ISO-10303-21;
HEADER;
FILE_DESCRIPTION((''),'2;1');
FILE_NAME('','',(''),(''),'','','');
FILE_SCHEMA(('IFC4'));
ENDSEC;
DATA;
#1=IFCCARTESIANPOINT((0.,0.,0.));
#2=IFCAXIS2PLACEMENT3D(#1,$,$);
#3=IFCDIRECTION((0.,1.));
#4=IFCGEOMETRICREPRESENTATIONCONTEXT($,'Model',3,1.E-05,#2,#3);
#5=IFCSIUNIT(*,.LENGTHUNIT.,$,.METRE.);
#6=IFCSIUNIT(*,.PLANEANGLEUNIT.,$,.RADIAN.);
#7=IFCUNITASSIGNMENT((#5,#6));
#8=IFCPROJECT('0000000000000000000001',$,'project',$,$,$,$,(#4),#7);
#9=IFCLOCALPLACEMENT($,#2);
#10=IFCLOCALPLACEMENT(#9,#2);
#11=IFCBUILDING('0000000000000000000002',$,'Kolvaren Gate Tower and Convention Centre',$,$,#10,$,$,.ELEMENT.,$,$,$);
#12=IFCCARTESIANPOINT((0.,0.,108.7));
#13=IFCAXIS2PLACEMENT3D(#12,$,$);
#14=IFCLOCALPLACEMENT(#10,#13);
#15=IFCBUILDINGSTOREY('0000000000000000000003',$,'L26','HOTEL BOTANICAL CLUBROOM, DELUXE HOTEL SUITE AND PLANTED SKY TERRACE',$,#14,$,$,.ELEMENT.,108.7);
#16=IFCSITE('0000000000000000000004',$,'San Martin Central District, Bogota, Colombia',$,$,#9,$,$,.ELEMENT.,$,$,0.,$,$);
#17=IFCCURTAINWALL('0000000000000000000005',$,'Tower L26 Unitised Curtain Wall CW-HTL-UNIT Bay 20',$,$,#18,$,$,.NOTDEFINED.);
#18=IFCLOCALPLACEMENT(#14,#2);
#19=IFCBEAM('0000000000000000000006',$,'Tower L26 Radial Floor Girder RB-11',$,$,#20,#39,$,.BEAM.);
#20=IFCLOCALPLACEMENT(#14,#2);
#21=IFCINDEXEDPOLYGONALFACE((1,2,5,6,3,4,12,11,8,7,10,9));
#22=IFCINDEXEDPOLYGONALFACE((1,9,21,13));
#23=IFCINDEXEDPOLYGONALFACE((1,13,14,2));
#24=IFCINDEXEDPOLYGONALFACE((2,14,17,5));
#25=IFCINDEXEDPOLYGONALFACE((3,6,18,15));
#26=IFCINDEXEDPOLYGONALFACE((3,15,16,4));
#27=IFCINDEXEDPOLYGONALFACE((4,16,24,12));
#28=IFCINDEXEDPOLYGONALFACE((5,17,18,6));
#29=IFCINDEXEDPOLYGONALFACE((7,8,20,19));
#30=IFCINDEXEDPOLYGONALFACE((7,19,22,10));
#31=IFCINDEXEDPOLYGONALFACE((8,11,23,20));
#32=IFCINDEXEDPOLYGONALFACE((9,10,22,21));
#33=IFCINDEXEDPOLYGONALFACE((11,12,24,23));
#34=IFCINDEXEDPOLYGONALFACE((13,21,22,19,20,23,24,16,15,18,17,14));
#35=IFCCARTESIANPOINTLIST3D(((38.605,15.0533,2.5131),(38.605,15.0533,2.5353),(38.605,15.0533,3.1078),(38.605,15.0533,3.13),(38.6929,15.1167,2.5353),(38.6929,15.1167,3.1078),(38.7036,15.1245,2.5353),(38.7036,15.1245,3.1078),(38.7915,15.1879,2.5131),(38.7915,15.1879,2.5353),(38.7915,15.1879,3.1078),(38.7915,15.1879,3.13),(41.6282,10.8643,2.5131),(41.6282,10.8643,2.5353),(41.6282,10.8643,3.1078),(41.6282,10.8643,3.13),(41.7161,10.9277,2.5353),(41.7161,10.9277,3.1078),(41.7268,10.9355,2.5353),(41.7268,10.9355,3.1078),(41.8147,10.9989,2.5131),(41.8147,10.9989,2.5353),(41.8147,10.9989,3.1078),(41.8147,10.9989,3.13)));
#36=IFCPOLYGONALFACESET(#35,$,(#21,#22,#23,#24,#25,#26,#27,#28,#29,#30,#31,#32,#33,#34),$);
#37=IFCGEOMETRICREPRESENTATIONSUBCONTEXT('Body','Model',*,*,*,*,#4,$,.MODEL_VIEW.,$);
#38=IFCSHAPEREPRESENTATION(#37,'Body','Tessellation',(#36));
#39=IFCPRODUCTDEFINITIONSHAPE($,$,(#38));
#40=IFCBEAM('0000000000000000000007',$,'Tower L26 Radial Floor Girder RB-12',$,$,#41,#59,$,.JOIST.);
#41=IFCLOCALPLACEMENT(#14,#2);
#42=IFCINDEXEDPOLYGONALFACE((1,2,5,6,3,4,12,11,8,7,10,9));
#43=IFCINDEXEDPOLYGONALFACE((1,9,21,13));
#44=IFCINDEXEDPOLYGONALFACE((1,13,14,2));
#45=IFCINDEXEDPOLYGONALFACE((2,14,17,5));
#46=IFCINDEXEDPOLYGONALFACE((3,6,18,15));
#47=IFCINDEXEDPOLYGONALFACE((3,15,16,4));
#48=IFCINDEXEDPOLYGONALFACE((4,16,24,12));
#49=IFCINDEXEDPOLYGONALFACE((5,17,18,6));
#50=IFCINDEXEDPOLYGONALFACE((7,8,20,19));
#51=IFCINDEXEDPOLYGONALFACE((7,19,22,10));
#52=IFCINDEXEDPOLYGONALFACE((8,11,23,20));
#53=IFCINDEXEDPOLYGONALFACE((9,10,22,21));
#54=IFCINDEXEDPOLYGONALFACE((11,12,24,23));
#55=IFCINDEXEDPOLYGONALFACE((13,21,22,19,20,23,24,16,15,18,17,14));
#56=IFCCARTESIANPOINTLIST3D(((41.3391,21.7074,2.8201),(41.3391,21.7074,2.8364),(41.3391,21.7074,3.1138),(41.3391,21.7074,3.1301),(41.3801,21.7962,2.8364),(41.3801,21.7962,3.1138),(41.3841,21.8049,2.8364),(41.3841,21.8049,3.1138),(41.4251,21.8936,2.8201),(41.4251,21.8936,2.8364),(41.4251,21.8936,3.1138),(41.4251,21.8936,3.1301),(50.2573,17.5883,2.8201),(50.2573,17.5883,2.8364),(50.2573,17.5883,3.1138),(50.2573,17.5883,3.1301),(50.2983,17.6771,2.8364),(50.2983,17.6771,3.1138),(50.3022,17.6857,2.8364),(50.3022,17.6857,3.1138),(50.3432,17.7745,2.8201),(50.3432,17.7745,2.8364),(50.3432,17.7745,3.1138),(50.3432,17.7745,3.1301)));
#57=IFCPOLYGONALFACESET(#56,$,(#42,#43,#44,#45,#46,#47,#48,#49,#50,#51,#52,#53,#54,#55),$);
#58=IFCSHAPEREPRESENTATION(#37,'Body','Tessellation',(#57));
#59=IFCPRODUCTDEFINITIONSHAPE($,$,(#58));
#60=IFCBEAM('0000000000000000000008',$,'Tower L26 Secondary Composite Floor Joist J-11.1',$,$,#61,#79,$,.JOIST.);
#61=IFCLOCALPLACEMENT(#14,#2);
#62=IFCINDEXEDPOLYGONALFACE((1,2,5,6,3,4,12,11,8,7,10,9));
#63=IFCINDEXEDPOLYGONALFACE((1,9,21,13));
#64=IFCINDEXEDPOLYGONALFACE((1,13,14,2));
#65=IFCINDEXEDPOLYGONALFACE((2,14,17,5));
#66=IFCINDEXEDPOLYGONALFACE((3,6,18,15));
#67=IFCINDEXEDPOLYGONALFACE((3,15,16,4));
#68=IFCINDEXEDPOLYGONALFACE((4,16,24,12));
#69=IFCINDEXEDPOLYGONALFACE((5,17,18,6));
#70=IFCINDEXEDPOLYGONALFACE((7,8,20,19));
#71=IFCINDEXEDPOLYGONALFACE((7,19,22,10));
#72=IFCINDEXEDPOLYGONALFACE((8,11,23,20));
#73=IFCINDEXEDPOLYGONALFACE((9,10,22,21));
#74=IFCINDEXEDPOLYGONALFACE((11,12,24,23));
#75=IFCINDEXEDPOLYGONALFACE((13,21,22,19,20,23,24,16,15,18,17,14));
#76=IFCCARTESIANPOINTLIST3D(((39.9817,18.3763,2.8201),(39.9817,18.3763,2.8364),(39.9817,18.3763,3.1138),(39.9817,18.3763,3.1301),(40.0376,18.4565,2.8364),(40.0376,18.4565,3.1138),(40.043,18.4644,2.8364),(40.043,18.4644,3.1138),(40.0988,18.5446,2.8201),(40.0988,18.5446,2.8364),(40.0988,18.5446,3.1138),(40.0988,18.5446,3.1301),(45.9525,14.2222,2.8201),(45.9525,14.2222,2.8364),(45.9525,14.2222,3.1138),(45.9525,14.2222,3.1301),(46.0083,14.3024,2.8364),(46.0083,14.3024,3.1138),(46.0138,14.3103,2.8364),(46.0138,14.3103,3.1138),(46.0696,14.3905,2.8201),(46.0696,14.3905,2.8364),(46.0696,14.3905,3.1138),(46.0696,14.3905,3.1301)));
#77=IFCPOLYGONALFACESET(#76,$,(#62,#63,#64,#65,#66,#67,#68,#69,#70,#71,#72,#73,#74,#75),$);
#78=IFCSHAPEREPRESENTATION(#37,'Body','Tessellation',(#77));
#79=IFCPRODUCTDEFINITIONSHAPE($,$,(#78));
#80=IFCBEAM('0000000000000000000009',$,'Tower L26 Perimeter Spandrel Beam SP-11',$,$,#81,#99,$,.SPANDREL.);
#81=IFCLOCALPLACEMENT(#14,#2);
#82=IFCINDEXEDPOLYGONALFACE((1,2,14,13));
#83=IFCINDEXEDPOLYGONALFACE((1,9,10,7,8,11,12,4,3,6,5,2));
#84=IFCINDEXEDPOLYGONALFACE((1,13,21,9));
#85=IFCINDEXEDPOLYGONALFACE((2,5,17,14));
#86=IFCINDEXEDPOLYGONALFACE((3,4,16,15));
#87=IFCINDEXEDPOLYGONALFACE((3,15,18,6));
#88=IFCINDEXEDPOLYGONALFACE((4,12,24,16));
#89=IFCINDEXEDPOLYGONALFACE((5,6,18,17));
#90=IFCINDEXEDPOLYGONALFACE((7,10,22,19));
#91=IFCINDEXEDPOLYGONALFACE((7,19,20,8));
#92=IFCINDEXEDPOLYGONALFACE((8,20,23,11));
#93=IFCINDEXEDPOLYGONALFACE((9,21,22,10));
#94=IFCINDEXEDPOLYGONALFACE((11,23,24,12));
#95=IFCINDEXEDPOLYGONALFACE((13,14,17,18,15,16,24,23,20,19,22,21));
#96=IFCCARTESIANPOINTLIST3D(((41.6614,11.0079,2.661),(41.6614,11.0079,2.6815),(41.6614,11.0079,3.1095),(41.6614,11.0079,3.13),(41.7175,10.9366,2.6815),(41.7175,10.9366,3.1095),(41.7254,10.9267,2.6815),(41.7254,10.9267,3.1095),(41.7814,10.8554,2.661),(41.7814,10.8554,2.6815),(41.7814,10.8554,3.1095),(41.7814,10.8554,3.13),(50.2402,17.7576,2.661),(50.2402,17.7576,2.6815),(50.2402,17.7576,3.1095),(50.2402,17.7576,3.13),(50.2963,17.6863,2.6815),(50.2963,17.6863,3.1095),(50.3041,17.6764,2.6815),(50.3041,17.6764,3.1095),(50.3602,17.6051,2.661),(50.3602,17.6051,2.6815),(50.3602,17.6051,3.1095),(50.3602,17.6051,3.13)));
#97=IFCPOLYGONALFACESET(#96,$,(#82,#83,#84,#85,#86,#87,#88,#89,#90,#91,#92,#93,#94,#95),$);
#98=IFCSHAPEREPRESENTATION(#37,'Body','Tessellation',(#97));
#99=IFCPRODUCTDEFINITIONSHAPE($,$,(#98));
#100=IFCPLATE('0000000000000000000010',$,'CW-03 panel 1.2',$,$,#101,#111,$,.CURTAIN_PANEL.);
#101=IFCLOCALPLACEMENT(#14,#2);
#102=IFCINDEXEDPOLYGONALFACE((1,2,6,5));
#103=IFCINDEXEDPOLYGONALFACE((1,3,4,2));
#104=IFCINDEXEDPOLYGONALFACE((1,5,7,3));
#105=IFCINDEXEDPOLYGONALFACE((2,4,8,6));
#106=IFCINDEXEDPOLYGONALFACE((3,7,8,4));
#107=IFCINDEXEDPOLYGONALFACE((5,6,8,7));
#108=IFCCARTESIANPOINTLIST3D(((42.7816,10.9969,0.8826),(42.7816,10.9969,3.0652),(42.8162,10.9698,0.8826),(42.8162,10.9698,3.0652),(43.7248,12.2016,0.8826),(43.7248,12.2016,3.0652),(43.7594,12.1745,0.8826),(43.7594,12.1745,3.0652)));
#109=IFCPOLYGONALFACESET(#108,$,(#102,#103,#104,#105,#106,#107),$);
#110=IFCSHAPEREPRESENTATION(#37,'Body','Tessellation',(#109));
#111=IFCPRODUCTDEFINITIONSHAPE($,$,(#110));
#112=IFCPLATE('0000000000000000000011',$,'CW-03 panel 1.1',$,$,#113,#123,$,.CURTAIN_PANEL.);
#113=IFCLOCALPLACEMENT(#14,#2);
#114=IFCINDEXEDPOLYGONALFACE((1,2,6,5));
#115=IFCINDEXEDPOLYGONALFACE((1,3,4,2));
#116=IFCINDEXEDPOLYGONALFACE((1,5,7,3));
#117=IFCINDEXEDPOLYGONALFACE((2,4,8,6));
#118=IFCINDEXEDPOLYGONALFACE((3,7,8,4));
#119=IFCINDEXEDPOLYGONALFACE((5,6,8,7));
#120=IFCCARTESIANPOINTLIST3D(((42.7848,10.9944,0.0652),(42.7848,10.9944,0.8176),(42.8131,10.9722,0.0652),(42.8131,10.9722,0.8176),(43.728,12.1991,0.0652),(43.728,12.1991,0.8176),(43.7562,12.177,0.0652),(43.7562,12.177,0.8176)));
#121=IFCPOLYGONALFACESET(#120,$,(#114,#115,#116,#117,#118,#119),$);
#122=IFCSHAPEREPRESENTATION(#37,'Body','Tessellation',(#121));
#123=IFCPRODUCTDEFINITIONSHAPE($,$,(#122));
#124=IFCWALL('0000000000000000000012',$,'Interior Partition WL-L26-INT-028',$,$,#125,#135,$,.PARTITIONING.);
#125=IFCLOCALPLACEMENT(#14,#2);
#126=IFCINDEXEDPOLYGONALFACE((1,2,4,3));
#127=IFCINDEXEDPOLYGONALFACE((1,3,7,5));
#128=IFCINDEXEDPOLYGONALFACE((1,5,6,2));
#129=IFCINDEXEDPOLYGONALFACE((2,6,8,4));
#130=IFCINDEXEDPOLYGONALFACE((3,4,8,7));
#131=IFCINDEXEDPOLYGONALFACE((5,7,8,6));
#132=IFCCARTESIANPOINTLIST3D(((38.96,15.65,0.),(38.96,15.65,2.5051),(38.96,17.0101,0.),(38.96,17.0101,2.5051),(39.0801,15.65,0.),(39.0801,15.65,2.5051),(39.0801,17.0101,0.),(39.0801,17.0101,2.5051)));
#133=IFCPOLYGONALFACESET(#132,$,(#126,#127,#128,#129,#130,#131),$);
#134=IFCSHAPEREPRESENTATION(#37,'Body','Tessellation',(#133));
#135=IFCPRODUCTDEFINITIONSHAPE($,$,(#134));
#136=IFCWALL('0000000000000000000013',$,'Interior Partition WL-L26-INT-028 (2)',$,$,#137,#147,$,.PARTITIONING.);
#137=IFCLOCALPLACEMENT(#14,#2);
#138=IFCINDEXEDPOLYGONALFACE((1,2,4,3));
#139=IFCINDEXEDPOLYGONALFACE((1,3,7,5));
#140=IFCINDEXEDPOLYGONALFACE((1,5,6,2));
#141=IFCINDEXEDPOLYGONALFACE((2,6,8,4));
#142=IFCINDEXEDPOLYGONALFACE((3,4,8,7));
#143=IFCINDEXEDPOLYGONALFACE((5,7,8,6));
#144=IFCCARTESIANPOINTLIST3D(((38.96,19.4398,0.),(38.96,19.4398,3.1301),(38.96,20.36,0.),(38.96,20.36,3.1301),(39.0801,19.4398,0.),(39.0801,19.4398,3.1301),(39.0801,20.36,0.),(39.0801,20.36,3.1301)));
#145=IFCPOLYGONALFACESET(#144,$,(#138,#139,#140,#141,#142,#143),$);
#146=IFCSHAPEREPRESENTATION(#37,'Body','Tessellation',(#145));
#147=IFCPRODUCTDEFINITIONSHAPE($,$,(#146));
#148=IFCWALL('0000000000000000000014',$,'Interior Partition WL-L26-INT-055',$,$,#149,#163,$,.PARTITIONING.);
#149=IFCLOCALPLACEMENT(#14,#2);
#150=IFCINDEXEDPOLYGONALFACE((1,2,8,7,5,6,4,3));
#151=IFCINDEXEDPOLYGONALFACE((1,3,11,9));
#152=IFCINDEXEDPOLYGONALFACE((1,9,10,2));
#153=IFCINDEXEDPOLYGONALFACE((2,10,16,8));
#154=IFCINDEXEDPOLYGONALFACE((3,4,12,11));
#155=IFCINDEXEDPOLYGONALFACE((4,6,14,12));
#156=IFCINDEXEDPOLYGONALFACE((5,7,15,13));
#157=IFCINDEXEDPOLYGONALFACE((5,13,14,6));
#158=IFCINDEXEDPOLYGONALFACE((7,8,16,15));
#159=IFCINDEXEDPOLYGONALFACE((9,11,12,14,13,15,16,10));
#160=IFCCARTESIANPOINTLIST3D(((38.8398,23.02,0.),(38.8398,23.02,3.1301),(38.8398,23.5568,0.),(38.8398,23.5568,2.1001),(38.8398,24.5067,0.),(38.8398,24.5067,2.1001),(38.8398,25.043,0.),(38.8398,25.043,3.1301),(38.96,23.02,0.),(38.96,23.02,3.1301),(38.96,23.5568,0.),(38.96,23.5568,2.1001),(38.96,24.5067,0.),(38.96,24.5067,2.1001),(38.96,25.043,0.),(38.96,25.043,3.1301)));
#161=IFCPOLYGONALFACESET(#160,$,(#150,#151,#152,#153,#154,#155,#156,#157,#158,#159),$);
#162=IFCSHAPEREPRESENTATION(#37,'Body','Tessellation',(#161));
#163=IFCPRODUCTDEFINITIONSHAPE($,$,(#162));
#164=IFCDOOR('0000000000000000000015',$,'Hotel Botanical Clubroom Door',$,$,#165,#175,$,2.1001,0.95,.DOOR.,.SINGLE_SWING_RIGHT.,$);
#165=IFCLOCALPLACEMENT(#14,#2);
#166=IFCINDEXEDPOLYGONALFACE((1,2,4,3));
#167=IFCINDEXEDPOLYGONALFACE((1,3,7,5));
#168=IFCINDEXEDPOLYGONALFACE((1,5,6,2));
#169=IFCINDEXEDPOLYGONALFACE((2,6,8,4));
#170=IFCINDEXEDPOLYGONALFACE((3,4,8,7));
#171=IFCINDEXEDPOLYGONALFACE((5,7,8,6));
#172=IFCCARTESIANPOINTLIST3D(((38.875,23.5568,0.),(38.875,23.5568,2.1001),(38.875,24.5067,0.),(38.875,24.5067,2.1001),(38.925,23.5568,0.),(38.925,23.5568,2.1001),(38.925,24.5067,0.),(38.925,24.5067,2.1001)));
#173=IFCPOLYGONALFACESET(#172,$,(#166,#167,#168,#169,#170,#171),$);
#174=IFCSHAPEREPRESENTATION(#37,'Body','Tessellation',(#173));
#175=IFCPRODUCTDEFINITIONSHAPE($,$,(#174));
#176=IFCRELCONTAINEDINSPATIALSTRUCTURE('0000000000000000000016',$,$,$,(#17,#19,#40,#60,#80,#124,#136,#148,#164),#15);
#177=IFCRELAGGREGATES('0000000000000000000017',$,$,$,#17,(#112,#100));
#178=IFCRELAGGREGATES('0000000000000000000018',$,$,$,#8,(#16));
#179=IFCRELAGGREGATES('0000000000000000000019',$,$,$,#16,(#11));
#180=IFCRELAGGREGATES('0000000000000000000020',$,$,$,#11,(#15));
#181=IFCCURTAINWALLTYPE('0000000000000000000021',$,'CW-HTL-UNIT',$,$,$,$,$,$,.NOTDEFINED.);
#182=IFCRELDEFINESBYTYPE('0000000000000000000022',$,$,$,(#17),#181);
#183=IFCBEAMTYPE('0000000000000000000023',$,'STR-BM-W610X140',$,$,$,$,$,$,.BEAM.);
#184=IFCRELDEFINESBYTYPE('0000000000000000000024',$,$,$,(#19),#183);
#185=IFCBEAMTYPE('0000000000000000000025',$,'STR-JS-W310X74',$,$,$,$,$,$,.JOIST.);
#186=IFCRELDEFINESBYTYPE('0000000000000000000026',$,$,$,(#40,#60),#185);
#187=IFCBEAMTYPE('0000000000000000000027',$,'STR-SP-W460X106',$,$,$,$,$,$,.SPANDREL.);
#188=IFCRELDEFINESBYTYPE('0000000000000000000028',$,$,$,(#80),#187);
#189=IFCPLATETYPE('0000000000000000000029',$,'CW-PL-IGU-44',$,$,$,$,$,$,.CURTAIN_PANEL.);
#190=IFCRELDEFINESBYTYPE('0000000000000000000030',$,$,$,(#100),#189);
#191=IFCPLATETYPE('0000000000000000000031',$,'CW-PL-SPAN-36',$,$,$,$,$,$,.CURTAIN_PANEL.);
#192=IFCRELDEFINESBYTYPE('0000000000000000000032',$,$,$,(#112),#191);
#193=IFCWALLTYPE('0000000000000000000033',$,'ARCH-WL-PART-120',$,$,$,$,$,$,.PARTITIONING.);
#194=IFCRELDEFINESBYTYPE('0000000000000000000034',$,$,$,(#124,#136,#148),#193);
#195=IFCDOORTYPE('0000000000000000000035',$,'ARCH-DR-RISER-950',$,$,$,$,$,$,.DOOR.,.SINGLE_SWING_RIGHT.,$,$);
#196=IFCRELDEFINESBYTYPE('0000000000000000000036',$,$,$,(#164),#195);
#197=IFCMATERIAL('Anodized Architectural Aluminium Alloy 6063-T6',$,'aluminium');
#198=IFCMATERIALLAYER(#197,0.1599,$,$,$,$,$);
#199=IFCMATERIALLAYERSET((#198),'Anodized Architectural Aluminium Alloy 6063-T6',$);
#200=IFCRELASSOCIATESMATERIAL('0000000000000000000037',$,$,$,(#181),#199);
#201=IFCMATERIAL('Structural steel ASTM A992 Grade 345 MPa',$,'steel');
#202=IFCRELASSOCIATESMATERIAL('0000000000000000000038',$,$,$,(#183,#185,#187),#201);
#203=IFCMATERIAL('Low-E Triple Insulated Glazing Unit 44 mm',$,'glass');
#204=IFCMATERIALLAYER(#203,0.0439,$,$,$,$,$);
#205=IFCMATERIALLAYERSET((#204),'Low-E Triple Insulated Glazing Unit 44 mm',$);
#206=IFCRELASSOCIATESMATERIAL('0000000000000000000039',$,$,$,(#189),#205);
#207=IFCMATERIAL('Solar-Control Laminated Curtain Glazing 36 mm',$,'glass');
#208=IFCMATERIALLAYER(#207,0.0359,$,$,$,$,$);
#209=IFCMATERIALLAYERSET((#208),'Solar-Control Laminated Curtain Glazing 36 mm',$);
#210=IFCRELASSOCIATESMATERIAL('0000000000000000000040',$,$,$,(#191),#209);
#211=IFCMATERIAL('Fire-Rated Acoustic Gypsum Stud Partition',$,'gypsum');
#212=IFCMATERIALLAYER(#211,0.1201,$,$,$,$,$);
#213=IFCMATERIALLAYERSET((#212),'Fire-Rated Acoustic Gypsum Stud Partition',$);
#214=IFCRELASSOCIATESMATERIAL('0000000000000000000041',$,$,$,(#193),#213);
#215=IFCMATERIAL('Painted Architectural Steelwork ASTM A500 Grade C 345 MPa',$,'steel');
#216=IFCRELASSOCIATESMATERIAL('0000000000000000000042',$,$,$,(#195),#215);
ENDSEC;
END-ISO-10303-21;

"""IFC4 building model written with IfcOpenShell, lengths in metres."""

from ifc_helpers import new_model, si_unit, direction, frame, frame_2d, origin, origin_2d, place, context, subcontext, project, spatial, rectangle, i_section, extrude, material, layer, layer_set, material_profile, profile_set, type_object, element, fill, aggregate, save


model = new_model("IFC4")

# Units and contexts
model_context = context("Model", 3, precision=1e-05, world=origin(), true_north=direction((0.0, 1.0)))
body_context = subcontext(model_context, "Body", "Model", "MODEL_VIEW")
ifc_project = project(units=[si_unit("LENGTHUNIT", "METRE"), si_unit("PLANEANGLEUNIT", "RADIAN")], contexts=[model_context])

# Site, building, storey
site_placement = place(None, origin())
site = spatial("IfcSite", under=ifc_project, at=site_placement, Name="San Martin Central District, Bogota, Colombia", CompositionType="ELEMENT", RefElevation=0.0)
building_placement = place(site_placement, origin())
building = spatial("IfcBuilding", under=site, at=building_placement, Name="Kolvaren Gate Tower and Convention Centre", CompositionType="ELEMENT")
storey_placement = place(building_placement, frame((0.0, 0.0, 108.7)))
storey = spatial("IfcBuildingStorey", under=building, at=storey_placement, Name="L26", Description="HOTEL BOTANICAL CLUBROOM, DELUXE HOTEL SUITE AND PLANTED SKY TERRACE", CompositionType="ELEMENT", Elevation=108.7)

# Curtain wall
ifc_material_1 = material(Name="Anodized Architectural Aluminium Alloy 6063-T6", Category="aluminium")
ifc_layer_1 = layer(ifc_material_1, 0.1599)
ifc_layer_set_1 = layer_set([ifc_layer_1], Name="Anodized Architectural Aluminium Alloy 6063-T6")
curtain_wall_type = type_object("IfcCurtainWallType", Name="CW-HTL-UNIT", PredefinedType="NOTDEFINED", material=ifc_layer_set_1)
curtain_wall_placement = place(storey_placement, origin())
curtain_wall = element("IfcCurtainWall", 1, at=curtain_wall_placement, inside=storey, type_object=curtain_wall_type, Name="Tower L26 Unitised Curtain Wall CW-HTL-UNIT Bay 20", PredefinedType="NOTDEFINED")

# Beams
ifc_material_2 = material(Name="Structural steel ASTM A992 Grade 345 MPa", Category="steel")
ifc_material_profile_1 = material_profile(ifc_material_2, i_section(OverallWidth=0.23, OverallDepth=0.6169, WebThickness=0.0132, FlangeThickness=0.0222, at=origin_2d()), Name="W610X140")
ifc_profile_set_1 = profile_set([ifc_material_profile_1], Name="Structural steel ASTM A992 Grade 345 MPa")
beam_type_1 = type_object("IfcBeamType", Name="STR-BM-W610X140", PredefinedType="BEAM", material=ifc_profile_set_1)
beam_1_placement = place(storey_placement, frame((38.6982, 15.1206, 2.8215), z_axis=(0.585214, -0.810879, 0.0), x_axis=(0.810879, 0.585214, 0.0)))
element("IfcBeam", 2, at=beam_1_placement, inside=storey, type_object=beam_type_1, Name="Tower L26 Radial Floor Girder RB-11", PredefinedType="BEAM", context=body_context, shape_type="SweptSolid", body=[
    extrude(i_section(OverallWidth=0.23, OverallDepth=0.6169, WebThickness=0.0132, FlangeThickness=0.0222, at=origin_2d()), origin(), (0.0, 0.0, 1.0), 5.166),
])
ifc_material_profile_2 = material_profile(ifc_material_2, i_section(OverallWidth=0.2051, OverallDepth=0.3101, WebThickness=0.0095, FlangeThickness=0.0164, at=origin_2d()), Name="W310X74")
ifc_profile_set_2 = profile_set([ifc_material_profile_2], Name="Structural steel ASTM A992 Grade 345 MPa")
beam_type_2 = type_object("IfcBeamType", Name="STR-JS-W310X74", PredefinedType="JOIST", material=ifc_profile_set_2)
beam_2_placement = place(storey_placement, frame((41.3821, 21.8005, 2.9751), z_axis=(0.907842, -0.419313, 0.0), x_axis=(0.419313, 0.907842, 0.0)))
element("IfcBeam", 3, at=beam_2_placement, inside=storey, type_object=beam_type_2, Name="Tower L26 Radial Floor Girder RB-12", PredefinedType="JOIST", context=body_context, shape_type="SweptSolid", body=[
    extrude(i_section(OverallWidth=0.2051, OverallDepth=0.3101, WebThickness=0.0095, FlangeThickness=0.0164, at=origin_2d()), origin(), (0.0, 0.0, 1.0), 9.8235),
])
beam_3_placement = place(storey_placement, frame((40.0403, 18.4604, 2.9751), z_axis=(0.820872, -0.571113, 0.0), x_axis=(0.571113, 0.820872, 0.0)))
element("IfcBeam", 4, at=beam_3_placement, inside=storey, type_object=beam_type_2, Name="Tower L26 Secondary Composite Floor Joist J-11.1", PredefinedType="JOIST", context=body_context, shape_type="SweptSolid", body=[
    extrude(i_section(OverallWidth=0.2051, OverallDepth=0.3101, WebThickness=0.0095, FlangeThickness=0.0164, at=origin_2d()), origin(), (0.0, 0.0, 1.0), 7.2737),
])
ifc_material_profile_3 = material_profile(ifc_material_2, i_section(OverallWidth=0.1941, OverallDepth=0.469, WebThickness=0.0127, FlangeThickness=0.0205, at=origin_2d()), Name="W460X106")
ifc_profile_set_3 = profile_set([ifc_material_profile_3], Name="Structural steel ASTM A992 Grade 345 MPa")
beam_type_3 = type_object("IfcBeamType", Name="STR-SP-W460X106", PredefinedType="SPANDREL", material=ifc_profile_set_3)
beam_4_placement = place(storey_placement, frame((41.7214, 10.9316, 2.8955), z_axis=(0.785908, 0.618344, 0.0), x_axis=(-0.618344, 0.785908, 0.0)))
element("IfcBeam", 5, at=beam_4_placement, inside=storey, type_object=beam_type_3, Name="Tower L26 Perimeter Spandrel Beam SP-11", PredefinedType="SPANDREL", context=body_context, shape_type="SweptSolid", body=[
    extrude(i_section(OverallWidth=0.1941, OverallDepth=0.469, WebThickness=0.0127, FlangeThickness=0.0205, at=origin_2d()), origin(), (0.0, 0.0, 1.0), 10.9158),
])

# Plates
ifc_material_3 = material(Name="Low-E Triple Insulated Glazing Unit 44 mm", Category="glass")
ifc_layer_2 = layer(ifc_material_3, 0.0439)
ifc_layer_set_2 = layer_set([ifc_layer_2], Name="Low-E Triple Insulated Glazing Unit 44 mm")
plate_type_1 = type_object("IfcPlateType", Name="CW-PL-IGU-44", PredefinedType="CURTAIN_PANEL", material=ifc_layer_set_2)
plate_1_placement = place(storey_placement, frame((43.2705, 11.5857, 0.8826), z_axis=(0.0, 0.0, 1.0), x_axis=(0.616426, 0.787413, 0.0)))
plate_1 = element("IfcPlate", 6, at=plate_1_placement, type_object=plate_type_1, Name="CW-03 panel 1.2", PredefinedType="CURTAIN_PANEL", context=body_context, shape_type="SweptSolid", body=[
    extrude(rectangle(XDim=1.53, YDim=0.0439, at=origin_2d()), origin(), (0.0, 0.0, 1.0), 2.1826),
])
ifc_material_4 = material(Name="Solar-Control Laminated Curtain Glazing 36 mm", Category="glass")
ifc_layer_3 = layer(ifc_material_4, 0.0359)
ifc_layer_set_3 = layer_set([ifc_layer_3], Name="Solar-Control Laminated Curtain Glazing 36 mm")
plate_type_2 = type_object("IfcPlateType", Name="CW-PL-SPAN-36", PredefinedType="CURTAIN_PANEL", material=ifc_layer_set_3)
plate_2_placement = place(storey_placement, frame((43.2705, 11.5857, 0.0652), z_axis=(0.0, 0.0, 1.0), x_axis=(0.616426, 0.787413, 0.0)))
plate_2 = element("IfcPlate", 7, at=plate_2_placement, type_object=plate_type_2, Name="CW-03 panel 1.1", PredefinedType="CURTAIN_PANEL", context=body_context, shape_type="SweptSolid", body=[
    extrude(rectangle(XDim=1.53, YDim=0.0359, at=origin_2d()), origin(), (0.0, 0.0, 1.0), 0.7524),
])
aggregate(curtain_wall, [plate_2, plate_1])

# Walls
ifc_material_5 = material(Name="Fire-Rated Acoustic Gypsum Stud Partition", Category="gypsum")
ifc_layer_4 = layer(ifc_material_5, 0.1201)
ifc_layer_set_4 = layer_set([ifc_layer_4], Name="Fire-Rated Acoustic Gypsum Stud Partition")
wall_type_1 = type_object("IfcWallType", Name="ARCH-WL-PART-120", PredefinedType="PARTITIONING", material=ifc_layer_set_4)
wall_1_placement = place(storey_placement, frame((39.02, 15.6499, 0.0), z_axis=(0.0, 0.0, 1.0), x_axis=(0.0, 1.0, 0.0)))
element("IfcWall", 8, at=wall_1_placement, inside=storey, type_object=wall_type_1, Name="Interior Partition WL-L26-INT-028", PredefinedType="PARTITIONING", context=body_context, shape_type="SweptSolid", body=[
    extrude(rectangle(XDim=1.3601, YDim=0.1201, at=frame_2d((0.6802, 0.0))), origin(), (0.0, 0.0, 1.0), 2.5051),
])
wall_2_placement = place(storey_placement, frame((39.02, 19.4399, 0.0), z_axis=(0.0, 0.0, 1.0), x_axis=(0.0, 1.0, 0.0)))
element("IfcWall", 9, at=wall_2_placement, inside=storey, type_object=wall_type_1, Name="Interior Partition WL-L26-INT-028 (2)", PredefinedType="PARTITIONING", context=body_context, shape_type="SweptSolid", body=[
    extrude(rectangle(XDim=0.9202, YDim=0.1201, at=frame_2d((0.46, 0.0))), origin(), (0.0, 0.0, 1.0), 3.1301),
])

# Wall, opening, door
wall_3_placement = place(storey_placement, frame((38.8999, 23.02, 0.0), z_axis=(0.0, 0.0, 1.0), x_axis=(0.0, 1.0, 0.0)))
wall_3 = element("IfcWall", 10, at=wall_3_placement, inside=storey, type_object=wall_type_1, Name="Interior Partition WL-L26-INT-055", PredefinedType="PARTITIONING", context=body_context, shape_type="SweptSolid", body=[
    extrude(rectangle(XDim=2.0229, YDim=0.1201, at=frame_2d((1.0115, 0.0))), origin(), (0.0, 0.0, 1.0), 3.1301),
])
opening_1_placement = place(wall_3_placement, frame((0.5366, 0.0, 0.0)))
opening_1 = element("IfcOpeningElement", 11, at=opening_1_placement, cuts=wall_3, PredefinedType="OPENING", context=body_context, shape_type="SweptSolid", body=[
    extrude(rectangle(XDim=0.95, YDim=2.1001, at=frame_2d((0.4751, 1.05))), frame((0.0, 0.0701, 0.0), z_axis=(0.0, -1.0, 0.0), x_axis=(1.0, 0.0, 0.0)), (0.0, 0.0, 1.0), 0.1401),
])
ifc_material_6 = material(Name="Painted Architectural Steelwork ASTM A500 Grade C 345 MPa", Category="steel")
door_type_1 = type_object("IfcDoorType", Name="ARCH-DR-RISER-950", OperationType="SINGLE_SWING_RIGHT", PredefinedType="DOOR", material=ifc_material_6)
door_1_placement = place(opening_1_placement, origin())
door_1 = element("IfcDoor", 12, at=door_1_placement, inside=storey, type_object=door_type_1, Name="Hotel Botanical Clubroom Door", OperationType="SINGLE_SWING_RIGHT", OverallHeight=2.1001, OverallWidth=0.95, PredefinedType="DOOR", context=body_context, shape_type="SweptSolid", body=[
    extrude(rectangle(XDim=0.95, YDim=2.1001, at=frame_2d((0.4751, 1.05))), frame((0.0, 0.0249, 0.0), z_axis=(0.0, -1.0, 0.0), x_axis=(1.0, 0.0, 0.0)), (0.0, 0.0, 1.0), 0.05),
])
fill(opening_1, door_1)

save(model, "model.ifc")
